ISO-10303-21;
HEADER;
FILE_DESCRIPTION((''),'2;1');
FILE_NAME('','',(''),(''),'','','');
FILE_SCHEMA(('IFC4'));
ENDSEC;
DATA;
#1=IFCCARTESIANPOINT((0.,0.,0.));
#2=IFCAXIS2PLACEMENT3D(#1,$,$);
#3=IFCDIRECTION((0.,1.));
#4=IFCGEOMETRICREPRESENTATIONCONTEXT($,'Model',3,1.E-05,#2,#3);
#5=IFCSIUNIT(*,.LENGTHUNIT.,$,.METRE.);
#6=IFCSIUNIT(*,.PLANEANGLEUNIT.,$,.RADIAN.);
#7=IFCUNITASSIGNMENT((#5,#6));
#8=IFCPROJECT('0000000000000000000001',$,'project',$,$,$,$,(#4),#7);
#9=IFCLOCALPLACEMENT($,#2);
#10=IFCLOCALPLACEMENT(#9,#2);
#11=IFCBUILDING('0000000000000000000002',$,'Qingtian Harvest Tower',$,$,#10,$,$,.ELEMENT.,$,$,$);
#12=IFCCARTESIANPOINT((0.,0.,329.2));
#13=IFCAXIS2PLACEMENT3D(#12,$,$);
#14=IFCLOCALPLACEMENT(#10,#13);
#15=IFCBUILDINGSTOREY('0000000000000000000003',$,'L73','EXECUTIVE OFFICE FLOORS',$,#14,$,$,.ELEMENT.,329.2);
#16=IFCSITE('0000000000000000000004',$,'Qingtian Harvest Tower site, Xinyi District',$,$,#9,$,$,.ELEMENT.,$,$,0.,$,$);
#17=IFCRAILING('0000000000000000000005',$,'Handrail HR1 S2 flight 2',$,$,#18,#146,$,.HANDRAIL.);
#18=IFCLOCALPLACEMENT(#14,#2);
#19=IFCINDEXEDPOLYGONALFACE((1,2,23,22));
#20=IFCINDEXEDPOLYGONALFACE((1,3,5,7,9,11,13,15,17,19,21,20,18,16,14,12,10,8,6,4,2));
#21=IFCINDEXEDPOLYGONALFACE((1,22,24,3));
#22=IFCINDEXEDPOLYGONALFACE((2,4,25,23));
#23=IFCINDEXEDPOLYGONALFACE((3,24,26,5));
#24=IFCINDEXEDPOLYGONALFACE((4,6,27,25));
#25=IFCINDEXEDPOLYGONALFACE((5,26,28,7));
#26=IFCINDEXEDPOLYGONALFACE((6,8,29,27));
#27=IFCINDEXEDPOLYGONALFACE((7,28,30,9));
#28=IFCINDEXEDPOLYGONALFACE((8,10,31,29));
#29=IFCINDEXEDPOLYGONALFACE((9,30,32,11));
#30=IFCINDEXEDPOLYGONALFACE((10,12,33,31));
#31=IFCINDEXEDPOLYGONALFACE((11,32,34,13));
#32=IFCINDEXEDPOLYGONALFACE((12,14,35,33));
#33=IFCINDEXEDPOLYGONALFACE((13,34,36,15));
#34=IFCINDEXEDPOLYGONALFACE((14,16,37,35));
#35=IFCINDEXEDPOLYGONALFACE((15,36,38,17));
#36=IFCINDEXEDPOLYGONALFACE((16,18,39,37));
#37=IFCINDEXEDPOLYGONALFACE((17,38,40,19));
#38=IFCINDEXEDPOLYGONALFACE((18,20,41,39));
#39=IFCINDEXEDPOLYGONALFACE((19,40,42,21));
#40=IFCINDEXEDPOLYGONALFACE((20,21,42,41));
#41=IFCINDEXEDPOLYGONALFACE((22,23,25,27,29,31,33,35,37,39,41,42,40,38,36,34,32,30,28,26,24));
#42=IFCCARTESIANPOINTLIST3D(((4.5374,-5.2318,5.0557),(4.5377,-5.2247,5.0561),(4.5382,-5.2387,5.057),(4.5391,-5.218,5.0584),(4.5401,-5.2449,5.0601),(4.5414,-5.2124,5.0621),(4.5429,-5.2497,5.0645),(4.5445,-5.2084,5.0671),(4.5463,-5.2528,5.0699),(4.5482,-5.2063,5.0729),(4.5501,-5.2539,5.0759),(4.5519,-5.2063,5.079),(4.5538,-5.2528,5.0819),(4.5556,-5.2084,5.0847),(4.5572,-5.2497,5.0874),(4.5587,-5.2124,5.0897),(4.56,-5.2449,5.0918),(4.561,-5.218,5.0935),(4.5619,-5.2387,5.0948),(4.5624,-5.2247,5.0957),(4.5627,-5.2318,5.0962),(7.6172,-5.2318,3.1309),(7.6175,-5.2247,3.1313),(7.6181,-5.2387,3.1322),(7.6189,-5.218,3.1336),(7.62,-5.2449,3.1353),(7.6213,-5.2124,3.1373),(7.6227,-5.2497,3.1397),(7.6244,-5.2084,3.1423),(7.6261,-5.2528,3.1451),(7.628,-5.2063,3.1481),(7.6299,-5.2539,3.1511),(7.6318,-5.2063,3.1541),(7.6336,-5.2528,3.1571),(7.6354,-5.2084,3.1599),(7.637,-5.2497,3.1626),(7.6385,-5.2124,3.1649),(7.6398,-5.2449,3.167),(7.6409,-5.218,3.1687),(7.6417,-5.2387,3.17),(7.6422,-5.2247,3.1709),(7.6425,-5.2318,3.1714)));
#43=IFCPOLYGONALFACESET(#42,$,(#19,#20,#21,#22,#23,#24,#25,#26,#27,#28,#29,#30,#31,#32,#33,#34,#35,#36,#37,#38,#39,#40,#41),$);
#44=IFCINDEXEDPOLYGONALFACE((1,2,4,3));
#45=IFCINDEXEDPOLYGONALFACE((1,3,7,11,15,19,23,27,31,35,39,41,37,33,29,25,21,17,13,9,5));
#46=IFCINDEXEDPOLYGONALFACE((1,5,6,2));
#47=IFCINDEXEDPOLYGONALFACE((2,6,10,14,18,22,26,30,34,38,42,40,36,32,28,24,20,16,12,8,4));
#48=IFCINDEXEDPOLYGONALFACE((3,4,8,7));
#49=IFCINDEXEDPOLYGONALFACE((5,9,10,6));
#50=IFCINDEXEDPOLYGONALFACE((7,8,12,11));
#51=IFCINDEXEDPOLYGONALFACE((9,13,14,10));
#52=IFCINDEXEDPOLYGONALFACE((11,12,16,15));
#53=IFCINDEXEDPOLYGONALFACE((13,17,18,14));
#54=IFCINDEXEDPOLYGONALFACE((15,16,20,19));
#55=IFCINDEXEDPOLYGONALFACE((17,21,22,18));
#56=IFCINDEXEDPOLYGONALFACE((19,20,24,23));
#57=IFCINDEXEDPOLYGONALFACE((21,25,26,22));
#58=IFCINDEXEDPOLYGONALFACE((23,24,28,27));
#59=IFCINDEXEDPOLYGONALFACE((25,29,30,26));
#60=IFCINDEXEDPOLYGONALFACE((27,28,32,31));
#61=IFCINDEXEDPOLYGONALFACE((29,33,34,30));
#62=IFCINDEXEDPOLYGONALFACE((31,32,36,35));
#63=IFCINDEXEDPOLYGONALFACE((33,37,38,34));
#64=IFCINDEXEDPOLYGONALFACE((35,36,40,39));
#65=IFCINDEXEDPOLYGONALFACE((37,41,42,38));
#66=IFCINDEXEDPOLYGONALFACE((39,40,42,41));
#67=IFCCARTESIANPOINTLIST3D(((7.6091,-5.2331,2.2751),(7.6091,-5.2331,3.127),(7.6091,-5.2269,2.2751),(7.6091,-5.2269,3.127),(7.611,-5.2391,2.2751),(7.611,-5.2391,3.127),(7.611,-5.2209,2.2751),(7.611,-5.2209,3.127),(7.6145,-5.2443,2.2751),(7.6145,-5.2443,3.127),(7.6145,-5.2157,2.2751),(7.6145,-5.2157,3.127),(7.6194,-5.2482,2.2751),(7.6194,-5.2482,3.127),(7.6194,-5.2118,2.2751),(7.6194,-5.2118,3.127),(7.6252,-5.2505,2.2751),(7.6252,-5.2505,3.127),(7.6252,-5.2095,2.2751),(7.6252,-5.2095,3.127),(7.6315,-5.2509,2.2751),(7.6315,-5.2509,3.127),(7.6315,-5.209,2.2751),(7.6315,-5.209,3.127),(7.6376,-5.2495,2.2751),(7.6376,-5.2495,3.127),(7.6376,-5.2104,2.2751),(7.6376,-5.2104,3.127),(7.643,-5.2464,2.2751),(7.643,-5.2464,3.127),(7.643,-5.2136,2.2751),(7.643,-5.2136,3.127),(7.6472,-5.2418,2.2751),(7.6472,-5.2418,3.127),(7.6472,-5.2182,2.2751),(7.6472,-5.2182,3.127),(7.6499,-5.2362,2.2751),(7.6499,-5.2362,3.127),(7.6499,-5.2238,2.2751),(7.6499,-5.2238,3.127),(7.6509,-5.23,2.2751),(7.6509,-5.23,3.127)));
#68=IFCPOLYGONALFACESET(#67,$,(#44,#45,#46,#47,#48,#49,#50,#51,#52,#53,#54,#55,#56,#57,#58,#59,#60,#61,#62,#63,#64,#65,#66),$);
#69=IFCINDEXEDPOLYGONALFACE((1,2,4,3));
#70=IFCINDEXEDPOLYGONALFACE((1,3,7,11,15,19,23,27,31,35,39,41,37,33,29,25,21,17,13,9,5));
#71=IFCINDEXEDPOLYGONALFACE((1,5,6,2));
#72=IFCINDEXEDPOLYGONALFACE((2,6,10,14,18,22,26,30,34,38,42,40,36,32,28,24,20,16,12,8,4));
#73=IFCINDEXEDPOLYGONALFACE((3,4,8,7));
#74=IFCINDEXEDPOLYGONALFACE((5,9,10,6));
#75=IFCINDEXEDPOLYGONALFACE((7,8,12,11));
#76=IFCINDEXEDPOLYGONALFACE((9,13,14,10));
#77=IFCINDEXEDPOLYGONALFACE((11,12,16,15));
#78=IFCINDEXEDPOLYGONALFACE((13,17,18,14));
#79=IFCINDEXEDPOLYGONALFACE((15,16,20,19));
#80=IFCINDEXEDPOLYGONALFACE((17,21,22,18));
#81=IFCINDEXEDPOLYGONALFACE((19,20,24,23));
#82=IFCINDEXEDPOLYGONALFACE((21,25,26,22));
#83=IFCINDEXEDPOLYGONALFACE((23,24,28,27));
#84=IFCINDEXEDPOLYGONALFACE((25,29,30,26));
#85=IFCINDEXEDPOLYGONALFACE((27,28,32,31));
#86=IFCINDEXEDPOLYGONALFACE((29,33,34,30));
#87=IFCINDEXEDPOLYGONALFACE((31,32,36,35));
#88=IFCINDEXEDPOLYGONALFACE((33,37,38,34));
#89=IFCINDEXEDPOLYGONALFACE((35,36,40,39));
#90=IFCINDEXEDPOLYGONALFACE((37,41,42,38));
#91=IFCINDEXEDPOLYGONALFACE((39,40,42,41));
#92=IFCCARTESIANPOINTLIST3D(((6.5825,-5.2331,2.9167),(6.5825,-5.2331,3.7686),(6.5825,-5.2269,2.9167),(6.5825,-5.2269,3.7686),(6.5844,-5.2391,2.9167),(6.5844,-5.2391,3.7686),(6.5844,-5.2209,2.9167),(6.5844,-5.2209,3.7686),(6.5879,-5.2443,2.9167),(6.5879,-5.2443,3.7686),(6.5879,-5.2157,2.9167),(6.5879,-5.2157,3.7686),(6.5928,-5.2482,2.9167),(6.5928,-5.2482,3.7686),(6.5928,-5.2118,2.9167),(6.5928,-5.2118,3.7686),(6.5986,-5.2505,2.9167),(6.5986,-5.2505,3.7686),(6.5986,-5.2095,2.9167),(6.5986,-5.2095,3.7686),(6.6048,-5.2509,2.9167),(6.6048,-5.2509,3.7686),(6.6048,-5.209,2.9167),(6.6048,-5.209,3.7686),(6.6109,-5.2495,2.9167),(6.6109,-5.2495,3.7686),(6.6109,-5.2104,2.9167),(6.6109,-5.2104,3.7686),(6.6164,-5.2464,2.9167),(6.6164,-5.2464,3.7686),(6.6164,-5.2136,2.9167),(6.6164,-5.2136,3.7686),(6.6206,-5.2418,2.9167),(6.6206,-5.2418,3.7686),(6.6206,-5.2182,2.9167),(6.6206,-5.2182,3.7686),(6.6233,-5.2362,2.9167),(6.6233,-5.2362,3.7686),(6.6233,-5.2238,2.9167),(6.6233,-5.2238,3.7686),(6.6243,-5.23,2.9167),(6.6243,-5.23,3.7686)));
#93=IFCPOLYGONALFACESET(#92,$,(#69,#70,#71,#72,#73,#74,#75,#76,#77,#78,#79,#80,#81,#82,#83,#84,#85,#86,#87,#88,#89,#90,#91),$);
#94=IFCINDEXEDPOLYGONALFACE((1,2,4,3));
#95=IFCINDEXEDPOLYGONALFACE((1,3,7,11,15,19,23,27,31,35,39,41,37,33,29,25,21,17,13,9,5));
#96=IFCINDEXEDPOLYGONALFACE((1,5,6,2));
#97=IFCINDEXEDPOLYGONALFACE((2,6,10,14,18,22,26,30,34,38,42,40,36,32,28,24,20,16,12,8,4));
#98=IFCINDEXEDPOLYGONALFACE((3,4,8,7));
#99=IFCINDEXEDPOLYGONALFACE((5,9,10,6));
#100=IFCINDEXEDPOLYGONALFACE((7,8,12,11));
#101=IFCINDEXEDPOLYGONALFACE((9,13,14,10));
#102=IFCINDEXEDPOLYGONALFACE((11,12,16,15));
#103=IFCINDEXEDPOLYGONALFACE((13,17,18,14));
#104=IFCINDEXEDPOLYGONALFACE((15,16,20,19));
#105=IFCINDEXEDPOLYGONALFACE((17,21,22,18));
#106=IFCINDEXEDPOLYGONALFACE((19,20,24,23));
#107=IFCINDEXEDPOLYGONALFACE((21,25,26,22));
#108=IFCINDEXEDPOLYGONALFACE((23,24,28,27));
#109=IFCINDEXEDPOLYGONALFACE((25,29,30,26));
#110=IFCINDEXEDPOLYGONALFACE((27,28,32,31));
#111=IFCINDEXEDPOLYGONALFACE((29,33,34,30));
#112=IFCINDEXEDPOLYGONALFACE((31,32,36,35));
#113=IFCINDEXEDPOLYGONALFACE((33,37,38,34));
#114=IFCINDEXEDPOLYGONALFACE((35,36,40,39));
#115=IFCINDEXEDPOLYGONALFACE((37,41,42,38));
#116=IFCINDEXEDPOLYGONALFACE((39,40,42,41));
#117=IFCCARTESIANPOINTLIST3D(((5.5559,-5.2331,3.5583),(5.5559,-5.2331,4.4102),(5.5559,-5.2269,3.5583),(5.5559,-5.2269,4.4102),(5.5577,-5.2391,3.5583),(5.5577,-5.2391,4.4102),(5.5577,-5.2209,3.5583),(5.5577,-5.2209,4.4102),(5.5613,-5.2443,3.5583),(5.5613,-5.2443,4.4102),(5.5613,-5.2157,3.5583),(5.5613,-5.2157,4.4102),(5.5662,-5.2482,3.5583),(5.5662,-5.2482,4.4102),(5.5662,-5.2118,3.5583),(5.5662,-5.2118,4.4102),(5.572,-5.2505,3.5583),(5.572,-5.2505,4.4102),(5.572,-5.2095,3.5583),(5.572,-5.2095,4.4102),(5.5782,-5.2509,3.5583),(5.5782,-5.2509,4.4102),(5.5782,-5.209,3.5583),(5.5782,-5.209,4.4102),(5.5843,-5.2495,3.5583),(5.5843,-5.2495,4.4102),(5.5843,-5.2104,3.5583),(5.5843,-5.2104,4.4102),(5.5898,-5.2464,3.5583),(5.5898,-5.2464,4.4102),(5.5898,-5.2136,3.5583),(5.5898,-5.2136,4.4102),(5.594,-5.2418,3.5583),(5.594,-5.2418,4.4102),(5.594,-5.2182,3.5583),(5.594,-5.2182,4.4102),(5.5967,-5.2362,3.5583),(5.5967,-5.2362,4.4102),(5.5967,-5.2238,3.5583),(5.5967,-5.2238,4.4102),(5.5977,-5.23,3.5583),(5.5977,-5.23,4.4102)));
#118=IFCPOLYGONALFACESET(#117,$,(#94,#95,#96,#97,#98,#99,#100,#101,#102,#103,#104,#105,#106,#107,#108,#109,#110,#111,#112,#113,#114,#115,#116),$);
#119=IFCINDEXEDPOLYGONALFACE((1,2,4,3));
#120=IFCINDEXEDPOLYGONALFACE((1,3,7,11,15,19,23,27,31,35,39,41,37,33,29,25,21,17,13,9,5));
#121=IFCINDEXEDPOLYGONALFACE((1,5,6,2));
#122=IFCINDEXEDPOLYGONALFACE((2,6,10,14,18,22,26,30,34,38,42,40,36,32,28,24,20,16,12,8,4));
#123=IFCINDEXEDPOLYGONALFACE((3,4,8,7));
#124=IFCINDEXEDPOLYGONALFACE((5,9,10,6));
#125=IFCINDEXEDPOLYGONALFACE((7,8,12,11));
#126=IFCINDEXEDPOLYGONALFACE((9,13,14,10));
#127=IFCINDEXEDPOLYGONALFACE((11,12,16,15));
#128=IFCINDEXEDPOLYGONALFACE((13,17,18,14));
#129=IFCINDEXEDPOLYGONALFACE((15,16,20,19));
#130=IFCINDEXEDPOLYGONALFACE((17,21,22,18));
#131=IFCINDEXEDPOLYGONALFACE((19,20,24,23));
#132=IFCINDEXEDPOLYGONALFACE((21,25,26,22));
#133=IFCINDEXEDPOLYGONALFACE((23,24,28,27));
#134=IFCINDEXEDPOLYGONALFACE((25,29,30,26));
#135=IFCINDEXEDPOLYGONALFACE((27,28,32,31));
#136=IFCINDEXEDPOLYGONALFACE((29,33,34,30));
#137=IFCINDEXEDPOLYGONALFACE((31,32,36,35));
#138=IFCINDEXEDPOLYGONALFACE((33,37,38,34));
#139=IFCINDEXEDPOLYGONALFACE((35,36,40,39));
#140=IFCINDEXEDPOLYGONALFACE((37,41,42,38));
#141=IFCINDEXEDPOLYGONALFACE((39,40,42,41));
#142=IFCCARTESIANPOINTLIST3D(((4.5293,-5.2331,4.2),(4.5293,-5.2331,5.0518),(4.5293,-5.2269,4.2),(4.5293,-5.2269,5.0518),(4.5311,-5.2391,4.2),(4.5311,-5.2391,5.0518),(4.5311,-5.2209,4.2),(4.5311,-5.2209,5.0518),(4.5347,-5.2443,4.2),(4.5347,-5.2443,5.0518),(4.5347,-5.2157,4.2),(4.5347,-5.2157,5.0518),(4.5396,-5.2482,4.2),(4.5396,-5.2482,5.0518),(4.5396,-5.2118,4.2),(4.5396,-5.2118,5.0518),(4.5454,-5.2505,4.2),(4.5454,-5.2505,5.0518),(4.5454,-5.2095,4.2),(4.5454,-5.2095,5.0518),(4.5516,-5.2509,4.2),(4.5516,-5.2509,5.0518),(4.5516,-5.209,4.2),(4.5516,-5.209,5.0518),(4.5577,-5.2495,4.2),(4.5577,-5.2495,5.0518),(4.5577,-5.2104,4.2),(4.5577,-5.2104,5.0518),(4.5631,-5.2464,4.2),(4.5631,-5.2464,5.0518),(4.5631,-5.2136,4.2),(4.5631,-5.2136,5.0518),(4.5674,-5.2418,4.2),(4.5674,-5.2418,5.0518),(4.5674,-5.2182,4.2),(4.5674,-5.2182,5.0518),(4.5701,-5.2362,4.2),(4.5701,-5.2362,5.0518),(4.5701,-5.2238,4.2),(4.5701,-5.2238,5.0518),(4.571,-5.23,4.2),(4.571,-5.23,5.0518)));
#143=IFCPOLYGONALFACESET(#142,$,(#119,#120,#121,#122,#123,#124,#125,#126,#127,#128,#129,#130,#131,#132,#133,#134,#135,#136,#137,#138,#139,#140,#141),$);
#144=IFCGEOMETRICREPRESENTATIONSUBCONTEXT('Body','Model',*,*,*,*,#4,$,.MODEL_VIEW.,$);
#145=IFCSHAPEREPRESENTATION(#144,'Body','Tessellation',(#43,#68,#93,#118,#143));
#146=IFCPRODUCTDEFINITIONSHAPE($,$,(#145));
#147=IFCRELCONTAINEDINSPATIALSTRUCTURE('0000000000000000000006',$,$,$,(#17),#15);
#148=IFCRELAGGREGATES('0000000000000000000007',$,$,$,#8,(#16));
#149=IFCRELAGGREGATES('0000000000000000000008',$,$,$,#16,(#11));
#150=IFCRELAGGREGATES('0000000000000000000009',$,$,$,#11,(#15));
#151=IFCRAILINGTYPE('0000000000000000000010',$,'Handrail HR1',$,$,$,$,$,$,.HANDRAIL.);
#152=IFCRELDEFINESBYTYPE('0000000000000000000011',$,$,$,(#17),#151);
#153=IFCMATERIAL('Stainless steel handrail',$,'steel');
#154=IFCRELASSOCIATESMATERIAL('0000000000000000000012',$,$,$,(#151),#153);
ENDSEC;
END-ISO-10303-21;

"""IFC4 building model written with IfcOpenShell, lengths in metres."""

from ifc_helpers import new_model, si_unit, direction, frame, origin, origin_2d, place, context, subcontext, project, spatial, circle, extrude, material, type_object, element, save


model = new_model("IFC4")

# Units and contexts
model_context = context("Model", 3, precision=1e-05, world=origin(), true_north=direction((0.0, 1.0)))
body_context = subcontext(model_context, "Body", "Model", "MODEL_VIEW")
ifc_project = project(units=[si_unit("LENGTHUNIT", "METRE"), si_unit("PLANEANGLEUNIT", "RADIAN")], contexts=[model_context])

# Site, building, storey
site_placement = place(None, origin())
site = spatial("IfcSite", under=ifc_project, at=site_placement, Name="Qingtian Harvest Tower site, Xinyi District", CompositionType="ELEMENT", RefElevation=0.0)
building_placement = place(site_placement, origin())
building = spatial("IfcBuilding", under=site, at=building_placement, Name="Qingtian Harvest Tower", CompositionType="ELEMENT")
storey_placement = place(building_placement, frame((0.0, 0.0, 329.2)))
storey = spatial("IfcBuildingStorey", under=building, at=storey_placement, Name="L73", Description="EXECUTIVE OFFICE FLOORS", CompositionType="ELEMENT", Elevation=329.2)

# Railing
ifc_material_1 = material(Name="Stainless steel handrail", Category="steel")
railing_type = type_object("IfcRailingType", Name="Handrail HR1", PredefinedType="HANDRAIL", material=ifc_material_1)
railing_1_placement = place(storey_placement, frame((7.6299, -5.23, 2.2751)))
element("IfcRailing", 1, at=railing_1_placement, inside=storey, type_object=railing_type, Name="Handrail HR1 S2 flight 2", PredefinedType="HANDRAIL", context=body_context, shape_type="SweptSolid", body=[
    extrude(circle(Radius=0.0239, at=origin_2d()), frame((0.0, 0.0, 0.876), z_axis=(-0.84801, 0.0, 0.529981), x_axis=(0.0, -1.0, 0.0)), (0.0, 0.0, 1.0), 3.6318),
    extrude(circle(Radius=0.021, at=origin_2d()), origin(), (0.0, 0.0, 1.0), 0.8518),
    extrude(circle(Radius=0.021, at=origin_2d()), frame((-1.0266, 0.0, 0.6416)), (0.0, 0.0, 1.0), 0.8518),
    extrude(circle(Radius=0.021, at=origin_2d()), frame((-2.0532, 0.0, 1.2832)), (0.0, 0.0, 1.0), 0.8518),
    extrude(circle(Radius=0.021, at=origin_2d()), frame((-3.0798, 0.0, 1.9248)), (0.0, 0.0, 1.0), 0.8518),
])

save(model, "model.ifc")
